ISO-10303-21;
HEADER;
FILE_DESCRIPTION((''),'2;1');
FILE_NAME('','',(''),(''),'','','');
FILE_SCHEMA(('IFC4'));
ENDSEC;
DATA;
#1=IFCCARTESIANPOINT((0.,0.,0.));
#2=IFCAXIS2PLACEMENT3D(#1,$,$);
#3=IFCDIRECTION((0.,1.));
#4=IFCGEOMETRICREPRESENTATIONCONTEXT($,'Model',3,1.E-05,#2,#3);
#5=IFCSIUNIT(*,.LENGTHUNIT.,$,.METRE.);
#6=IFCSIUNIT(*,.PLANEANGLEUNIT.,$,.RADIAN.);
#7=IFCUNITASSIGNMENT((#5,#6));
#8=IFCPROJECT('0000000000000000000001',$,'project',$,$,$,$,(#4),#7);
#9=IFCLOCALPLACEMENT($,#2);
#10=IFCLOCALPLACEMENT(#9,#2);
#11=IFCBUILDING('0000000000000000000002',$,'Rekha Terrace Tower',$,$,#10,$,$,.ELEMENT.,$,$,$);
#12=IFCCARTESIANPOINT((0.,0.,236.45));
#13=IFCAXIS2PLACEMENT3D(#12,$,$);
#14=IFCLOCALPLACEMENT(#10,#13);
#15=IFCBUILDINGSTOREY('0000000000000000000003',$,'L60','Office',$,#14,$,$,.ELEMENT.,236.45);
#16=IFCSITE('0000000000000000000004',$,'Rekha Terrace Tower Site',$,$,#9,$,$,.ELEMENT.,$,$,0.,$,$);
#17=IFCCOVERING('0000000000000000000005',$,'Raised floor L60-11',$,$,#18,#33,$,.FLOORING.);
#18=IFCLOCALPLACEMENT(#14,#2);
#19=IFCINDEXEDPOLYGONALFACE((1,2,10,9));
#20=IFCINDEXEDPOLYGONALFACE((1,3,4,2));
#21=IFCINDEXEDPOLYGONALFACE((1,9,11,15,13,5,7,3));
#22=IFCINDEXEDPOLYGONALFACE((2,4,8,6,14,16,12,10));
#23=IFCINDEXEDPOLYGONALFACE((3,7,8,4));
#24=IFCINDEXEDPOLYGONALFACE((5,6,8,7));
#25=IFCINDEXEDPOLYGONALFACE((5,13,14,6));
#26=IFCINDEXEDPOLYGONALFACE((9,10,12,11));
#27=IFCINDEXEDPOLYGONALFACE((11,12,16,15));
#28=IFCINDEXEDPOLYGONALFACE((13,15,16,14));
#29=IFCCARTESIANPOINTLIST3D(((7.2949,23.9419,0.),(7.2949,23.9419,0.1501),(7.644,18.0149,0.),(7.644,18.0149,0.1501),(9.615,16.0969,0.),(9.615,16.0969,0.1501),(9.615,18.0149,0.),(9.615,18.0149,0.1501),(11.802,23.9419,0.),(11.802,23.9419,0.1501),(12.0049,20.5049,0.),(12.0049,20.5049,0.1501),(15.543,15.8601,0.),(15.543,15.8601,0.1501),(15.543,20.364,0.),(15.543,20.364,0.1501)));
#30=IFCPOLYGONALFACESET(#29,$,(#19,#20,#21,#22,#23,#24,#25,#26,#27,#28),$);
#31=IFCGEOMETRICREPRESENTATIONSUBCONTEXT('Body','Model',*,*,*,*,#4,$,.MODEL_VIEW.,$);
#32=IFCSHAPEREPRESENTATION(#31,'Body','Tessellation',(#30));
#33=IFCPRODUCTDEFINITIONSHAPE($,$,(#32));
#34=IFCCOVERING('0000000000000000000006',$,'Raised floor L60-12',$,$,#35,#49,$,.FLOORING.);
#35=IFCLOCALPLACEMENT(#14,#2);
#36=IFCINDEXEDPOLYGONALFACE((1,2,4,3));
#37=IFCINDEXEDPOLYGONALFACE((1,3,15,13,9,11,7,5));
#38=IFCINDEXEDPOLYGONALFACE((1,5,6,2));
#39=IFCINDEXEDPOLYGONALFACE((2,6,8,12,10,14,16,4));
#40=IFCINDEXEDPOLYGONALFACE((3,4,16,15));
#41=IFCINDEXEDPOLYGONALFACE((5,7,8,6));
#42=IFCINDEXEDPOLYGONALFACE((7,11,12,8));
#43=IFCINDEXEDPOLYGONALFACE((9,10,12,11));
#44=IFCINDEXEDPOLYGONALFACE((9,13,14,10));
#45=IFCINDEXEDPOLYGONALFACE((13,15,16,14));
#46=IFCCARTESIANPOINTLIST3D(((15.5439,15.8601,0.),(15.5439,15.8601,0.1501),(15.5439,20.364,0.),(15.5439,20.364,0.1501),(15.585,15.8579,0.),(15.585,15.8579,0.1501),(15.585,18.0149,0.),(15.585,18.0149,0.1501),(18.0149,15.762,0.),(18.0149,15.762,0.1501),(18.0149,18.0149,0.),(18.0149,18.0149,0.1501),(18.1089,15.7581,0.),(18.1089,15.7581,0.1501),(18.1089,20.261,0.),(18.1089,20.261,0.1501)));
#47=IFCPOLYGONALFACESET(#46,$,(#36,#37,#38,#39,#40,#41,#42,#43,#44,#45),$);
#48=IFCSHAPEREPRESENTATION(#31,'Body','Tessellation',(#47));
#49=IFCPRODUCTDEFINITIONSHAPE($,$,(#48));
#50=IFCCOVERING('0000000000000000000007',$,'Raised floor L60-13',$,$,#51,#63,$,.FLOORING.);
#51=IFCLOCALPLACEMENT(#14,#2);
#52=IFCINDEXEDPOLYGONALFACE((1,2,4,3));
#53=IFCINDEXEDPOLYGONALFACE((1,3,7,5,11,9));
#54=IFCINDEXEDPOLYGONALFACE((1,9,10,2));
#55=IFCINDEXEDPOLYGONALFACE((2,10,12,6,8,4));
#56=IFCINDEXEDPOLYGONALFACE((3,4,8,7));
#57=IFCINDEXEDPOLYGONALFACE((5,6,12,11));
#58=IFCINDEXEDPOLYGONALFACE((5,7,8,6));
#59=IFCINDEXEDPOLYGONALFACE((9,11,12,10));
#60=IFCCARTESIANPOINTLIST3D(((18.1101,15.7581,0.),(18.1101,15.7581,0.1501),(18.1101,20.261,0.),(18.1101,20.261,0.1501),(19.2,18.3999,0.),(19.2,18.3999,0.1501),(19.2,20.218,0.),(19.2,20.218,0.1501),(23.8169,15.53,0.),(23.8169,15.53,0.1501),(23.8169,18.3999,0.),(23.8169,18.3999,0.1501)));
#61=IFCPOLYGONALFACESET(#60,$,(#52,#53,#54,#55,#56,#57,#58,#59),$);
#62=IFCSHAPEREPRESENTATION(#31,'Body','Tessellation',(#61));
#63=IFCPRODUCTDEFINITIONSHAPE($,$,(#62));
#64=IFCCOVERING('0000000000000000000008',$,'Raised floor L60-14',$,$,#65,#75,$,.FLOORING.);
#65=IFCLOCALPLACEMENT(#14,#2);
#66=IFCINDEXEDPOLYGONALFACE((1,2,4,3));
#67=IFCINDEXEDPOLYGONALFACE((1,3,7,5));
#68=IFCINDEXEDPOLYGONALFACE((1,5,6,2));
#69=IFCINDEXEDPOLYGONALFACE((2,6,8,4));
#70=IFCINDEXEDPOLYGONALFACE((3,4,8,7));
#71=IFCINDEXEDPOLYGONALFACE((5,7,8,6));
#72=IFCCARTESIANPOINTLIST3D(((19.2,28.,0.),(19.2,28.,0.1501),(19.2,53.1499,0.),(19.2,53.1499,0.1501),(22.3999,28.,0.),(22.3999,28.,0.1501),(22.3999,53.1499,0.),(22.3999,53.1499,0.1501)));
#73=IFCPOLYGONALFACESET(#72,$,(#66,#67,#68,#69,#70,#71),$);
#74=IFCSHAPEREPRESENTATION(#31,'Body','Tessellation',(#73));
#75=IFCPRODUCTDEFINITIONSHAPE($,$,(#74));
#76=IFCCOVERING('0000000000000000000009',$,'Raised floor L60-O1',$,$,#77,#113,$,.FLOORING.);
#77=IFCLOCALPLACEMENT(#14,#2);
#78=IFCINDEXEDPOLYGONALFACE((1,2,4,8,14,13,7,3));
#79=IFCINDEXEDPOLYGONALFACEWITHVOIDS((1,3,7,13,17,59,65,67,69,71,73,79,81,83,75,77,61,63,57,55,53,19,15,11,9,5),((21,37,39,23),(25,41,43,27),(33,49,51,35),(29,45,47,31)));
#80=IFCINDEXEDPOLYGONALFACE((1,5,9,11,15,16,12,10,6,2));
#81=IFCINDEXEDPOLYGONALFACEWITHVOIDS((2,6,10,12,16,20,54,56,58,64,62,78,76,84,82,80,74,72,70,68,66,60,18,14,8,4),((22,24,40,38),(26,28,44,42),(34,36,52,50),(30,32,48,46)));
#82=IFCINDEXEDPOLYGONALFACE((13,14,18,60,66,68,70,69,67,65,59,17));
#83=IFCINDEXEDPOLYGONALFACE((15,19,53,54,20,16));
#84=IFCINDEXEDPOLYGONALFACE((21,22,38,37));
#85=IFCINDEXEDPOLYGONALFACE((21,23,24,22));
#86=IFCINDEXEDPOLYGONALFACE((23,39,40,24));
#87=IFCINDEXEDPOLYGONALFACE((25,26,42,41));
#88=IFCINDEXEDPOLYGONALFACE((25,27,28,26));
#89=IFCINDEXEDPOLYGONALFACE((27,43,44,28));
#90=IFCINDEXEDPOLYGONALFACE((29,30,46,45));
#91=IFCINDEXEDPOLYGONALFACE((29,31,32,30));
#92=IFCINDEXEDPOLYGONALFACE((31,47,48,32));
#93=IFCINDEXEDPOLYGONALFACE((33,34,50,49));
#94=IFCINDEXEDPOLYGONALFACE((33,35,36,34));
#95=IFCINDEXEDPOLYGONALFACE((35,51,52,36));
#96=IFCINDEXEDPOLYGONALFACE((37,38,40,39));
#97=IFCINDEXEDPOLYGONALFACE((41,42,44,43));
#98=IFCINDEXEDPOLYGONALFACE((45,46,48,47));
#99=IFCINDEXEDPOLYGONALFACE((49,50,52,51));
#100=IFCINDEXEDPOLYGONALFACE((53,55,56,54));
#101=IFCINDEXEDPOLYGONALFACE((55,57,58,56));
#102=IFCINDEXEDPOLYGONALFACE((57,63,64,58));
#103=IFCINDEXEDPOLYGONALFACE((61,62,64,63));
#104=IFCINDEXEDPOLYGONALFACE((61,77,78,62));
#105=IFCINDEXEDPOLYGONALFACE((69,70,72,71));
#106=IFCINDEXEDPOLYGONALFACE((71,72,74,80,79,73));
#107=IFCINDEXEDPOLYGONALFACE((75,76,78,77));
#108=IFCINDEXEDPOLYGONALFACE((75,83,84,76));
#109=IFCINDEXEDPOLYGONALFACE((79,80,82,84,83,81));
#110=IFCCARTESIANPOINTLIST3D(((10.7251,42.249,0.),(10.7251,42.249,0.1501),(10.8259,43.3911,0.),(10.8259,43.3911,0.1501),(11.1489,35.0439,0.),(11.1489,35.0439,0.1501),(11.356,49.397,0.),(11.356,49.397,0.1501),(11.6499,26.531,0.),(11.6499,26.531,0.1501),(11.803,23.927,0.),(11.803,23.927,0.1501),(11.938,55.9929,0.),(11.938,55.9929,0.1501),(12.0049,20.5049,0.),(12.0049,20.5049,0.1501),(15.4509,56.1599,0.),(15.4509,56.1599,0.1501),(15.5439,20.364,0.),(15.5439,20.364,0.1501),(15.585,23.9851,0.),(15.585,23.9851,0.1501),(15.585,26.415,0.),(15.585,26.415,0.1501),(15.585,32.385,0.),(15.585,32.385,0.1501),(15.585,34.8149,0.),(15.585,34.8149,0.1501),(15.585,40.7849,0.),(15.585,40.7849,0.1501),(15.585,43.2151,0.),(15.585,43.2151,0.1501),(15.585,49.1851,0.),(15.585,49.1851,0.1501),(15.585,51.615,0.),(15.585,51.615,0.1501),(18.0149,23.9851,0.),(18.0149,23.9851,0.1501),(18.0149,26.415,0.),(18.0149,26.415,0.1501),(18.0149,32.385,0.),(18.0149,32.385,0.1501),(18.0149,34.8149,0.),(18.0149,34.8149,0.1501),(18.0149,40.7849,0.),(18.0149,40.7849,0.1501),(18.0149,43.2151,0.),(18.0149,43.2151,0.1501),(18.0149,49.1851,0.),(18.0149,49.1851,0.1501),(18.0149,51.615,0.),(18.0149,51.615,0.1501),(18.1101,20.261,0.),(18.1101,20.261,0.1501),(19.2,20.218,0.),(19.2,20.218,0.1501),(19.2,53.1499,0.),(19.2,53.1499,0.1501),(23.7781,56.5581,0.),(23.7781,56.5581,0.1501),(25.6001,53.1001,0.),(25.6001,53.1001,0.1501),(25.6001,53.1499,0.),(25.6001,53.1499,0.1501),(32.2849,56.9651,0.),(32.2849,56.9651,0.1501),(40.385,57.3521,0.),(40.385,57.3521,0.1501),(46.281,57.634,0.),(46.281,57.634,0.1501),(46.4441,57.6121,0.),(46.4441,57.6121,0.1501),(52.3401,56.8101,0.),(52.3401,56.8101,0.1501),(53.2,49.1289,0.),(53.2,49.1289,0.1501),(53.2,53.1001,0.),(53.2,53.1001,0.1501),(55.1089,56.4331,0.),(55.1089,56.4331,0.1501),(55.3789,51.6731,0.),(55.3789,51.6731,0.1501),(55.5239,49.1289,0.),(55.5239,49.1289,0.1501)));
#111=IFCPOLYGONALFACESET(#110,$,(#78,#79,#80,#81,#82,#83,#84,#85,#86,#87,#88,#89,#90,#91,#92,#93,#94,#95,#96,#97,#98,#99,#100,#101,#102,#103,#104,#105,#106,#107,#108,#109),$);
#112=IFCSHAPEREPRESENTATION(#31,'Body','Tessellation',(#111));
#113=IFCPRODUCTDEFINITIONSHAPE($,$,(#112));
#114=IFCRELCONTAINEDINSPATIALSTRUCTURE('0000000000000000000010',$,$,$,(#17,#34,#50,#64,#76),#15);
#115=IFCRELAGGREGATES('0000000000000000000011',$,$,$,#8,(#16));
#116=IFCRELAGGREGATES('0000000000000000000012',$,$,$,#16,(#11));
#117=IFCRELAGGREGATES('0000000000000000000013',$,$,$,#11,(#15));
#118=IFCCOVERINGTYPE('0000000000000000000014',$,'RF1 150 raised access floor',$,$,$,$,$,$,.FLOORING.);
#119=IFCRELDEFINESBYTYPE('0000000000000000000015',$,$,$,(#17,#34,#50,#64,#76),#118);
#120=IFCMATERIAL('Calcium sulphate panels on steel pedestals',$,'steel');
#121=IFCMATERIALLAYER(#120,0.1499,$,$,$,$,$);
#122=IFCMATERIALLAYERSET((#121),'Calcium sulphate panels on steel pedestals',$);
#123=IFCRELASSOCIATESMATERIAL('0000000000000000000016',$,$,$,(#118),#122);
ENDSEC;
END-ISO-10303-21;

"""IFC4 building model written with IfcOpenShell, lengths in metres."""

from ifc_helpers import new_model, si_unit, direction, frame, origin, place, context, subcontext, project, spatial, polyline, outline, extrude, material, layer, layer_set, type_object, element, save


model = new_model("IFC4")

# Units and contexts
model_context = context("Model", 3, precision=1e-05, world=origin(), true_north=direction((0.0, 1.0)))
body_context = subcontext(model_context, "Body", "Model", "MODEL_VIEW")
ifc_project = project(units=[si_unit("LENGTHUNIT", "METRE"), si_unit("PLANEANGLEUNIT", "RADIAN")], contexts=[model_context])

# Site, building, storey
site_placement = place(None, origin())
site = spatial("IfcSite", under=ifc_project, at=site_placement, Name="Rekha Terrace Tower Site", CompositionType="ELEMENT", RefElevation=0.0)
building_placement = place(site_placement, origin())
building = spatial("IfcBuilding", under=site, at=building_placement, Name="Rekha Terrace Tower", CompositionType="ELEMENT")
storey_placement = place(building_placement, frame((0.0, 0.0, 236.45)))
storey = spatial("IfcBuildingStorey", under=building, at=storey_placement, Name="L60", Description="Office", CompositionType="ELEMENT", Elevation=236.45)

# Coverings
ifc_material_1 = material(Name="Calcium sulphate panels on steel pedestals", Category="steel")
ifc_layer_1 = layer(ifc_material_1, 0.1499)
ifc_layer_set_1 = layer_set([ifc_layer_1], Name="Calcium sulphate panels on steel pedestals")
covering_type_1 = type_object("IfcCoveringType", Name="RF1 150 raised access floor", PredefinedType="FLOORING", material=ifc_layer_set_1)
covering_1_placement = place(storey_placement, origin())
element("IfcCovering", 1, at=covering_1_placement, inside=storey, type_object=covering_type_1, Name="Raised floor L60-11", PredefinedType="FLOORING", context=body_context, shape_type="SweptSolid", body=[
    extrude(outline(polyline([(9.615, 16.0969), (15.543, 15.8601), (15.543, 20.364), (12.0049, 20.5049), (11.802, 23.9419), (7.2949, 23.9419), (7.644, 18.0149), (9.615, 18.0149), (9.615, 16.0969)])), origin(), (0.0, 0.0, 1.0), 0.1501),
])
covering_2_placement = place(storey_placement, origin())
element("IfcCovering", 2, at=covering_2_placement, inside=storey, type_object=covering_type_1, Name="Raised floor L60-12", PredefinedType="FLOORING", context=body_context, shape_type="SweptSolid", body=[
    extrude(outline(polyline([(18.0149, 18.0149), (18.0149, 15.762), (18.1089, 15.7581), (18.1089, 20.261), (15.5439, 20.364), (15.5439, 15.8601), (15.585, 15.8579), (15.585, 18.0149), (18.0149, 18.0149)])), origin(), (0.0, 0.0, 1.0), 0.1501),
])
covering_3_placement = place(storey_placement, origin())
element("IfcCovering", 3, at=covering_3_placement, inside=storey, type_object=covering_type_1, Name="Raised floor L60-13", PredefinedType="FLOORING", context=body_context, shape_type="SweptSolid", body=[
    extrude(outline(polyline([(23.8169, 15.53), (23.8169, 18.3999), (19.2, 18.3999), (19.2, 20.218), (18.1101, 20.261), (18.1101, 15.7581), (23.8169, 15.53)])), origin(), (0.0, 0.0, 1.0), 0.1501),
])
covering_4_placement = place(storey_placement, origin())
element("IfcCovering", 4, at=covering_4_placement, inside=storey, type_object=covering_type_1, Name="Raised floor L60-14", PredefinedType="FLOORING", context=body_context, shape_type="SweptSolid", body=[
    extrude(outline(polyline([(19.2, 53.1499), (19.2, 28.0), (22.3999, 28.0), (22.3999, 53.1499), (19.2, 53.1499)])), origin(), (0.0, 0.0, 1.0), 0.1501),
])
covering_5_placement = place(storey_placement, origin())
element("IfcCovering", 5, at=covering_5_placement, inside=storey, type_object=covering_type_1, Name="Raised floor L60-O1", PredefinedType="FLOORING", context=body_context, shape_type="SweptSolid", body=[
    extrude(outline(polyline([(11.356, 49.397), (10.8259, 43.3911), (10.7251, 42.249), (11.1489, 35.0439), (11.6499, 26.531), (11.803, 23.927), (12.0049, 20.5049), (15.5439, 20.364), (18.1101, 20.261), (19.2, 20.218), (19.2, 53.1499), (25.6001, 53.1499), (25.6001, 53.1001), (53.2, 53.1001), (53.2, 49.1289), (55.5239, 49.1289), (55.3789, 51.6731), (55.1089, 56.4331), (52.3401, 56.8101), (46.4441, 57.6121), (46.281, 57.634), (40.385, 57.3521), (32.2849, 56.9651), (23.7781, 56.5581), (15.4509, 56.1599), (11.938, 55.9929), (11.356, 49.397)]), holes=[polyline([(18.0149, 23.9851), (15.585, 23.9851), (15.585, 26.415), (18.0149, 26.415), (18.0149, 23.9851)]), polyline([(18.0149, 32.385), (15.585, 32.385), (15.585, 34.8149), (18.0149, 34.8149), (18.0149, 32.385)]), polyline([(18.0149, 43.2151), (18.0149, 40.7849), (15.585, 40.7849), (15.585, 43.2151), (18.0149, 43.2151)]), polyline([(18.0149, 51.615), (18.0149, 49.1851), (15.585, 49.1851), (15.585, 51.615), (18.0149, 51.615)])]), origin(), (0.0, 0.0, 1.0), 0.1501),
])

save(model, "model.ifc")
